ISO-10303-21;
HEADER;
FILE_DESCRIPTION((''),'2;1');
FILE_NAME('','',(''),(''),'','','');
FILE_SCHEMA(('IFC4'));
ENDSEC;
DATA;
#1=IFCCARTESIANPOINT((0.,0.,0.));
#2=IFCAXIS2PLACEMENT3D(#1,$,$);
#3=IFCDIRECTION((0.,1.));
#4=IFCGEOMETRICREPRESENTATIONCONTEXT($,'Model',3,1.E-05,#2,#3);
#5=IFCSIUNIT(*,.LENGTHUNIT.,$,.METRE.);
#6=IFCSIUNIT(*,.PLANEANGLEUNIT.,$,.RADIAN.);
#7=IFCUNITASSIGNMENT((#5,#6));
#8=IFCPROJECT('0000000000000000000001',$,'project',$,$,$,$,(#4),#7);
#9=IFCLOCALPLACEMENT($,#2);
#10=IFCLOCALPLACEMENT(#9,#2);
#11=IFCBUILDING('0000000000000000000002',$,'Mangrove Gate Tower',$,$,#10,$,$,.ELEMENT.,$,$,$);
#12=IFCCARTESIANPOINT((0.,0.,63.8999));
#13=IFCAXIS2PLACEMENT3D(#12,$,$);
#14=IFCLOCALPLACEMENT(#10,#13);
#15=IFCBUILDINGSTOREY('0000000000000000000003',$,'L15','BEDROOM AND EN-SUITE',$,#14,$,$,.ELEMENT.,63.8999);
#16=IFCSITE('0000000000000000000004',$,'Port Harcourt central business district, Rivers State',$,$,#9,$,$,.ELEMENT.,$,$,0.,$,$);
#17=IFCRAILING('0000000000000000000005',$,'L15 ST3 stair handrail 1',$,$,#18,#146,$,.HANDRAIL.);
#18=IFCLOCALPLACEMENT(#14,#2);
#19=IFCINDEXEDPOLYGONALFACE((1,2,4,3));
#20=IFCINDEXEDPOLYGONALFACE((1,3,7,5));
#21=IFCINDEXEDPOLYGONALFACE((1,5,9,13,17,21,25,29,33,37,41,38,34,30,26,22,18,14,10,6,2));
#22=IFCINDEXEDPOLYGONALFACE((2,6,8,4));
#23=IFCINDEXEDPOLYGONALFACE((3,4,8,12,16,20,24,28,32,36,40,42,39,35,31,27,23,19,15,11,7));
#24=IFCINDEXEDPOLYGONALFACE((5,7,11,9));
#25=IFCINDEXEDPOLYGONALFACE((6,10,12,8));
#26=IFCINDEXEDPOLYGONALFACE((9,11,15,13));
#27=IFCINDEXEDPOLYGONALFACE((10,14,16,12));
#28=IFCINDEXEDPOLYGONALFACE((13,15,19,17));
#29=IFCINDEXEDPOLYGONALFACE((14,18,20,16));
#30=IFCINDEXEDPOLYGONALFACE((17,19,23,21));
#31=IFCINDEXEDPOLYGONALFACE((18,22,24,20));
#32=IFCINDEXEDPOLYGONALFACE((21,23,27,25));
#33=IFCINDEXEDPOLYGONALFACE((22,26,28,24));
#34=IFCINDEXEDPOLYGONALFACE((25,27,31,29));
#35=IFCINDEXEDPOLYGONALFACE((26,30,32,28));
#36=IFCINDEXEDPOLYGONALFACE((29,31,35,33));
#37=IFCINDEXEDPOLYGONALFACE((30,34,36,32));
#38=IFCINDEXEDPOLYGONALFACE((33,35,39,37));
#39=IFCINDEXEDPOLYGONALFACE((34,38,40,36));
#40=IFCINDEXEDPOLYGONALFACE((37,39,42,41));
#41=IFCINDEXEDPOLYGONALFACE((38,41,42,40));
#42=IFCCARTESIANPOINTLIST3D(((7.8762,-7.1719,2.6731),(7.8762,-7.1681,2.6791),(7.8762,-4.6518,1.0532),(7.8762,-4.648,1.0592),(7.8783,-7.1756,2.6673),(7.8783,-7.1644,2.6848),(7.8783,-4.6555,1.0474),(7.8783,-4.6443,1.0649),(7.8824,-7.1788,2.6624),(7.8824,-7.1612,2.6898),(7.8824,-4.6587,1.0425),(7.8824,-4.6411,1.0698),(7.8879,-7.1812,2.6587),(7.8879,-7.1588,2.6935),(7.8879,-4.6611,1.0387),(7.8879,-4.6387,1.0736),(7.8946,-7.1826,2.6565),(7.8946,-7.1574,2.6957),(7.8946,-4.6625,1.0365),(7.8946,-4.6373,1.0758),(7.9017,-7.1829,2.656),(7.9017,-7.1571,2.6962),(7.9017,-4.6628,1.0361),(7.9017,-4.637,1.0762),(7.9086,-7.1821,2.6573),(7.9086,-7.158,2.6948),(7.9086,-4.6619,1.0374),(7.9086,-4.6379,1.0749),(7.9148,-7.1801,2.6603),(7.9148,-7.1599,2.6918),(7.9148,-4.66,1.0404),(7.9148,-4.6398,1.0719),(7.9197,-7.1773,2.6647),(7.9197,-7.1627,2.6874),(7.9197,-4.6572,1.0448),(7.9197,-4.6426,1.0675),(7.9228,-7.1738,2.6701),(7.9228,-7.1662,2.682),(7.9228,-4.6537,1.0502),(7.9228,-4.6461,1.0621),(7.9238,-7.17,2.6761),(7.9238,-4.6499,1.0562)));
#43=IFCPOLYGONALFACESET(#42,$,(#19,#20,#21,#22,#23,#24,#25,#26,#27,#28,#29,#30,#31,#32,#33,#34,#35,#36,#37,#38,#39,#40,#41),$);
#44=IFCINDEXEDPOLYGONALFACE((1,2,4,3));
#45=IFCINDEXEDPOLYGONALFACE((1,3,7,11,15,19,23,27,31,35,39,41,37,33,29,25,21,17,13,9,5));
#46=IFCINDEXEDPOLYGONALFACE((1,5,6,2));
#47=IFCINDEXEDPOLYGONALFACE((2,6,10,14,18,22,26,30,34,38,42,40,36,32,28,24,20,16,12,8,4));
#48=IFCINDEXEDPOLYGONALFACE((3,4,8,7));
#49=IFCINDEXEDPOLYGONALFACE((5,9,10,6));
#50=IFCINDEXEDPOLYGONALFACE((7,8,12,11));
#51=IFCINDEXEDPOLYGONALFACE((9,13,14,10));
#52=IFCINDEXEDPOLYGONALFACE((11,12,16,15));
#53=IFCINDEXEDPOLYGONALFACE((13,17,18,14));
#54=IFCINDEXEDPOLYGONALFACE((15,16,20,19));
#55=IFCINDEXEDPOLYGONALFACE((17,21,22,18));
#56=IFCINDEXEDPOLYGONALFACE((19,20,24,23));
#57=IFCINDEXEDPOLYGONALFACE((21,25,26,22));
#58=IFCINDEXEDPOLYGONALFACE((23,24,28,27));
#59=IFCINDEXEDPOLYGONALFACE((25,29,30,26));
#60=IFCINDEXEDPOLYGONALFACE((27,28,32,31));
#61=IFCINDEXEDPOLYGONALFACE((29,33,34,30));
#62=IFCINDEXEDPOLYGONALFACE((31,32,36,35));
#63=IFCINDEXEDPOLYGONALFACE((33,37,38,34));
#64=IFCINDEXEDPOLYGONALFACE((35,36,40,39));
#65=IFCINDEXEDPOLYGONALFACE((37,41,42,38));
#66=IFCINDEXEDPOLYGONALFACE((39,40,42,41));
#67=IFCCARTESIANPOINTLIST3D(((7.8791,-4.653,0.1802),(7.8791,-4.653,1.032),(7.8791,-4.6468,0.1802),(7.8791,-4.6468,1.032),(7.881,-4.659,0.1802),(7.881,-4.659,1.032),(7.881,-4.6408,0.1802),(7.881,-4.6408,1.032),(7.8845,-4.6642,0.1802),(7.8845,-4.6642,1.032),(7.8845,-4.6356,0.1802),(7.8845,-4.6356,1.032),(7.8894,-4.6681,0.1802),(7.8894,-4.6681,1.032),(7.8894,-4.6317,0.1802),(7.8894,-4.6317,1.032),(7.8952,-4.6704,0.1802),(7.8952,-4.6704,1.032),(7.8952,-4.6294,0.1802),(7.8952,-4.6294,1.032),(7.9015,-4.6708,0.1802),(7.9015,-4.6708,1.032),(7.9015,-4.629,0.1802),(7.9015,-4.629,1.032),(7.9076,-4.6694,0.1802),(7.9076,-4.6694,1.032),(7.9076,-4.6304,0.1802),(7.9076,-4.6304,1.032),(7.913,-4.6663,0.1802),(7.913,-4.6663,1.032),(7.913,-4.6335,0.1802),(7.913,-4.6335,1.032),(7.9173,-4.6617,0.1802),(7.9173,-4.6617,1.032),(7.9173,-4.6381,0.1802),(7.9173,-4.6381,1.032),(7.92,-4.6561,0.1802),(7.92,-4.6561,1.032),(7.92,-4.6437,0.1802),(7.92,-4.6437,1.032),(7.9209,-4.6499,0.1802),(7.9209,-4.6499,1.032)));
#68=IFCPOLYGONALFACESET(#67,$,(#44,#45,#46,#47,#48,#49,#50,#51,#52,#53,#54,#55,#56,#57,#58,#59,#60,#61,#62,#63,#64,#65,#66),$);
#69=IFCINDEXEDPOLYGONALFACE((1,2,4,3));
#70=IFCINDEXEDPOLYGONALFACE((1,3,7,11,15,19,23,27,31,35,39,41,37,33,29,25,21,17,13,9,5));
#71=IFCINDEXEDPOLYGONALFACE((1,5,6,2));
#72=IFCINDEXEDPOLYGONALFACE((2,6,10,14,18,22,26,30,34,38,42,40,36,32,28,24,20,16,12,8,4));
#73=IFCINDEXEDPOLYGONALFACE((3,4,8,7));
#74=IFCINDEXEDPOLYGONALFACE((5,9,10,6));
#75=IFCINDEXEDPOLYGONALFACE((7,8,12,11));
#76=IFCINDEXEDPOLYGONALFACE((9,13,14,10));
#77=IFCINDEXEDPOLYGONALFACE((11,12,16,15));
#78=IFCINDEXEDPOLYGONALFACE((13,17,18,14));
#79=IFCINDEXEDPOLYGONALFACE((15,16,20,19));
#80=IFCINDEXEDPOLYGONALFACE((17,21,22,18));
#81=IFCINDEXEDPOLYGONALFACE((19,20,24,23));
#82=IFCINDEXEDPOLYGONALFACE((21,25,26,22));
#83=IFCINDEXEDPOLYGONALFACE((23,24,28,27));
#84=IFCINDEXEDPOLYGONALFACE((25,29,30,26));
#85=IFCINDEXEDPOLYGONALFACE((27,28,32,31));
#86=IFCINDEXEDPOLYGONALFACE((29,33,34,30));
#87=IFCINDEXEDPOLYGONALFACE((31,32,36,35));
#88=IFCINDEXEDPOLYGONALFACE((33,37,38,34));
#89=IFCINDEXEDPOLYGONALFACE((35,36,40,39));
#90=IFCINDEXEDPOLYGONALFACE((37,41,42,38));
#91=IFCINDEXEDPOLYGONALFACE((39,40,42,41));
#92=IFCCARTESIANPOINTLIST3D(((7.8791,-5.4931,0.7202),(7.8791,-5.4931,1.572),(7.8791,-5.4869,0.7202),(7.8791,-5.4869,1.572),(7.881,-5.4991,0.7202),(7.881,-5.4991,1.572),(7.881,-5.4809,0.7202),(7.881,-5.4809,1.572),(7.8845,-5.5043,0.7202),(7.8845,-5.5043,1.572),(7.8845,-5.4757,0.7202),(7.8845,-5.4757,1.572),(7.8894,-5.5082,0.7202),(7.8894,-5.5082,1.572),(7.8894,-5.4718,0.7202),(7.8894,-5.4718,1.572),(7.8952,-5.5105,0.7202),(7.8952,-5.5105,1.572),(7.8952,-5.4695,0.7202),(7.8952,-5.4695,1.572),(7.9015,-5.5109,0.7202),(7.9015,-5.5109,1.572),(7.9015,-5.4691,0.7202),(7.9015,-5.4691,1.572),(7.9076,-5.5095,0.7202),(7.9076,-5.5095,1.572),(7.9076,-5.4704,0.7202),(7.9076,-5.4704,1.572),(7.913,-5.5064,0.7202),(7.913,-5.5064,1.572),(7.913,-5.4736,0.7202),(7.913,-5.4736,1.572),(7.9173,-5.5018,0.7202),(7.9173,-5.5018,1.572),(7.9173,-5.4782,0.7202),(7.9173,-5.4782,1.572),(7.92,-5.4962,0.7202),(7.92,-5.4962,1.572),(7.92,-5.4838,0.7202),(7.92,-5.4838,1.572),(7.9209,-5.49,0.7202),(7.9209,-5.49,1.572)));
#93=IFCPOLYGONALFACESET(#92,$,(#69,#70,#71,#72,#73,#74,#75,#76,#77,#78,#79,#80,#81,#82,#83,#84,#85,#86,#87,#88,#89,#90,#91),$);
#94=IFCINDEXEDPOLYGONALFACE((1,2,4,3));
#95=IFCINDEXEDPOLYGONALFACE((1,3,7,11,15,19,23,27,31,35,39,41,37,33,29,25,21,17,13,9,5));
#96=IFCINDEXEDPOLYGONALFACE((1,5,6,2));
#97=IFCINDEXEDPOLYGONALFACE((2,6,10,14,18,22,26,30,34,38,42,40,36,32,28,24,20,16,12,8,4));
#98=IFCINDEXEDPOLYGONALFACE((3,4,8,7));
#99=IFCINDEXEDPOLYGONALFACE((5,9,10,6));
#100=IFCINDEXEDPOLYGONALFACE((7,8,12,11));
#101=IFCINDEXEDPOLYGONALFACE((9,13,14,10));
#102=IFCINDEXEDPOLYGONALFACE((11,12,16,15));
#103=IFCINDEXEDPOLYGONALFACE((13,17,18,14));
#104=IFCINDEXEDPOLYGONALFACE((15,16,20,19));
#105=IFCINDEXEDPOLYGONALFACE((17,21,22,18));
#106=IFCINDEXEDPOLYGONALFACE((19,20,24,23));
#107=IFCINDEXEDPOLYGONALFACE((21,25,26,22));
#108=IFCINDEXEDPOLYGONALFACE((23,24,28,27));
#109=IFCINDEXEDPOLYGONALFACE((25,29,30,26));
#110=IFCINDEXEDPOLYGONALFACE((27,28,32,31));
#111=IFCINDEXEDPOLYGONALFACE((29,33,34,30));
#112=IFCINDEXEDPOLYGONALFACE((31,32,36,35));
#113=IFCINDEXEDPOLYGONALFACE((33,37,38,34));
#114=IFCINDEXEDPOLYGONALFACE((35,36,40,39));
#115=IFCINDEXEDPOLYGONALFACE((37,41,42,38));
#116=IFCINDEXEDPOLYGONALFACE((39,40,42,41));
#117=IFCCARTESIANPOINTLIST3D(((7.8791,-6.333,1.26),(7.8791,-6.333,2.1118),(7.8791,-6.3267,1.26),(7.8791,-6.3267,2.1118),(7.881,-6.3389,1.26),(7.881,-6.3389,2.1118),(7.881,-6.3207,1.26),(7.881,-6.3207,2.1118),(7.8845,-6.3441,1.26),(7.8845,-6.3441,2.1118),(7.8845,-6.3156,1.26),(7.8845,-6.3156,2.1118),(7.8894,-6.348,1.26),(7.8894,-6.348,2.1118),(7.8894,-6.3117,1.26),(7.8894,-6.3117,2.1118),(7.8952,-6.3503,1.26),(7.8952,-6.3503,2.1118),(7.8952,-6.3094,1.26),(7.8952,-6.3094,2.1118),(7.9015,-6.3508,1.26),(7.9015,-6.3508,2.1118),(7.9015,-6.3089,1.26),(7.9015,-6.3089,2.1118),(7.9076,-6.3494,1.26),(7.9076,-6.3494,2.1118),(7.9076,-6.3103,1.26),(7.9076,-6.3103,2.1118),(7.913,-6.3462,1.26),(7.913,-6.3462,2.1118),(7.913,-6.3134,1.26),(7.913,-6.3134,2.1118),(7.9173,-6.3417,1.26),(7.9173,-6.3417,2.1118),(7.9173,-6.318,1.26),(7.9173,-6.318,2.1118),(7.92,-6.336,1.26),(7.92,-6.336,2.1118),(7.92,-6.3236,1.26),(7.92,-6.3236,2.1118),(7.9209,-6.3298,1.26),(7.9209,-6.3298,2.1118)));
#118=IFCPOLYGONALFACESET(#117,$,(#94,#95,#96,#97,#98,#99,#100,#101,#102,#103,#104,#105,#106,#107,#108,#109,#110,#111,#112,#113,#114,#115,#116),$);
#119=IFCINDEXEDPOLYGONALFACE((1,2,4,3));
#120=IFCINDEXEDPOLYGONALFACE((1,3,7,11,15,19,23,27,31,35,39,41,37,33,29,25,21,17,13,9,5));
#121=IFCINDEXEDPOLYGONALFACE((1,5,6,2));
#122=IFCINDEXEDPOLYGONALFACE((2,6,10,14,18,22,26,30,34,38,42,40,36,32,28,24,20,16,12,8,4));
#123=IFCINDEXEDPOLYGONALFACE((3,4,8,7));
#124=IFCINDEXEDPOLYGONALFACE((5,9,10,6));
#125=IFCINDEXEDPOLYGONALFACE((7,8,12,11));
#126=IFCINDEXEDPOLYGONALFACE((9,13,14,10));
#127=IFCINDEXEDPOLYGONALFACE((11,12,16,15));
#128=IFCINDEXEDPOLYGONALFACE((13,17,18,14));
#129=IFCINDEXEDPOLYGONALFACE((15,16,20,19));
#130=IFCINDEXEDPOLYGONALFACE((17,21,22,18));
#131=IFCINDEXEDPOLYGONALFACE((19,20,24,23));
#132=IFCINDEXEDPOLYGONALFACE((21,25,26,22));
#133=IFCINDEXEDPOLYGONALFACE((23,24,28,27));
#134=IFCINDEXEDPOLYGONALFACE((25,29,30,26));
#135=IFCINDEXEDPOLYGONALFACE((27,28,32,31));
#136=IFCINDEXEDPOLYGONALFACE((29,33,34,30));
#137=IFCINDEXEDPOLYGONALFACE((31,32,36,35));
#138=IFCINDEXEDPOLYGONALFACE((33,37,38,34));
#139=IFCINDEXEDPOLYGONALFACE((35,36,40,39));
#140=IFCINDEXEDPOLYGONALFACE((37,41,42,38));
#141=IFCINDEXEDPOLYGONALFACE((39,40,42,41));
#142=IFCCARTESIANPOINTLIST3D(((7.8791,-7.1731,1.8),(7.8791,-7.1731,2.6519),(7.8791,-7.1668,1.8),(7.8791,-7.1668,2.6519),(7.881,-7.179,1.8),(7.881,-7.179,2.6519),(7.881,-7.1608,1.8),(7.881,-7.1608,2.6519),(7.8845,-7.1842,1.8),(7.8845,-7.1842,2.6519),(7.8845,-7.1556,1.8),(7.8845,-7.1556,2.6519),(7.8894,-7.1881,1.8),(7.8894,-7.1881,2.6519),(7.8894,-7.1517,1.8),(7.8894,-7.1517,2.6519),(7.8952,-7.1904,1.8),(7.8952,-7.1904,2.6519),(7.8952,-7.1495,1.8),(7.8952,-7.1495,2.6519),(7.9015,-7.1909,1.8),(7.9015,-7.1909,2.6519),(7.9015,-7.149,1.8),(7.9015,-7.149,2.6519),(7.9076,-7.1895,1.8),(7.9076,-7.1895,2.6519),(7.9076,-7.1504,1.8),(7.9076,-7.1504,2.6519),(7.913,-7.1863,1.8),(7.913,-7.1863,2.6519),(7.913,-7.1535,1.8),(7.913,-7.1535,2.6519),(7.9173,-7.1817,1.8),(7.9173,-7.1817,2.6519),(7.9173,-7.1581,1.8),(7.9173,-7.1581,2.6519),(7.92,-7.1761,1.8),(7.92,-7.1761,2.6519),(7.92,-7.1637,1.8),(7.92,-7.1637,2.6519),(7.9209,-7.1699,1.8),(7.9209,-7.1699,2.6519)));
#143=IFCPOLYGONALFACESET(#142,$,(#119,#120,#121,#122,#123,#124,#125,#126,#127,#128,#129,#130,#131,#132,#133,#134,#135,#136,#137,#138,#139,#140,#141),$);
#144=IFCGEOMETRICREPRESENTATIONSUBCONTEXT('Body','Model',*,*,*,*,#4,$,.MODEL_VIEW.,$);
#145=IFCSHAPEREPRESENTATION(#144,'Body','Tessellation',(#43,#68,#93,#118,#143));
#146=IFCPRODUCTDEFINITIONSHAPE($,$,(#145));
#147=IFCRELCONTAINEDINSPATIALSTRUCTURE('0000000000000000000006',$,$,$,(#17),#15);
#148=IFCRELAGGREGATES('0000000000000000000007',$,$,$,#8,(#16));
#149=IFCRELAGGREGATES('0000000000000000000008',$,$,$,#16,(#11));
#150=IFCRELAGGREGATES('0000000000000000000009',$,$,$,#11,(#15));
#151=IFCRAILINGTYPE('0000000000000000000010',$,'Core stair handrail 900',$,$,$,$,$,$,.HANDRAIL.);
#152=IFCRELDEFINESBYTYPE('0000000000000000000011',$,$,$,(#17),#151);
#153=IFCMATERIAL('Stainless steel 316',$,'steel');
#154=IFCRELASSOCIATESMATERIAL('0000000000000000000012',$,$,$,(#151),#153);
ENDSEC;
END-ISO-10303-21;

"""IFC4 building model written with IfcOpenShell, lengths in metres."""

from ifc_helpers import new_model, si_unit, direction, frame, origin, origin_2d, place, context, subcontext, project, spatial, circle, extrude, material, type_object, element, save


model = new_model("IFC4")

# Units and contexts
model_context = context("Model", 3, precision=1e-05, world=origin(), true_north=direction((0.0, 1.0)))
body_context = subcontext(model_context, "Body", "Model", "MODEL_VIEW")
ifc_project = project(units=[si_unit("LENGTHUNIT", "METRE"), si_unit("PLANEANGLEUNIT", "RADIAN")], contexts=[model_context])

# Site, building, storey
site_placement = place(None, origin())
site = spatial("IfcSite", under=ifc_project, at=site_placement, Name="Port Harcourt central business district, Rivers State", CompositionType="ELEMENT", RefElevation=0.0)
building_placement = place(site_placement, origin())
building = spatial("IfcBuilding", under=site, at=building_placement, Name="Mangrove Gate Tower", CompositionType="ELEMENT")
storey_placement = place(building_placement, frame((0.0, 0.0, 63.8999)))
storey = spatial("IfcBuildingStorey", under=building, at=storey_placement, Name="L15", Description="BEDROOM AND EN-SUITE", CompositionType="ELEMENT", Elevation=63.8999)

# Railing
ifc_material_1 = material(Name="Stainless steel 316", Category="steel")
railing_type_1 = type_object("IfcRailingType", Name="Core stair handrail 900", PredefinedType="HANDRAIL", material=ifc_material_1)
railing_1_placement = place(storey_placement, frame((7.8999, -4.6499, 0.1802)))
element("IfcRailing", 1, at=railing_1_placement, inside=storey, type_object=railing_type_1, Name="L15 ST3 stair handrail 1", PredefinedType="HANDRAIL", context=body_context, shape_type="SweptSolid", body=[
    extrude(circle(Radius=0.0239, at=origin_2d()), frame((0.0, 0.0, 0.876), z_axis=(0.0, -0.8412, 0.540725), x_axis=(1.0, 0.0, 0.0)), (0.0, 0.0, 1.0), 2.9958),
    extrude(circle(Radius=0.021, at=origin_2d()), origin(), (0.0, 0.0, 1.0), 0.8518),
    extrude(circle(Radius=0.021, at=origin_2d()), frame((0.0, -0.8401, 0.54)), (0.0, 0.0, 1.0), 0.8518),
    extrude(circle(Radius=0.021, at=origin_2d()), frame((0.0, -1.6799, 1.0798)), (0.0, 0.0, 1.0), 0.8518),
    extrude(circle(Radius=0.021, at=origin_2d()), frame((0.0, -2.52, 1.6199)), (0.0, 0.0, 1.0), 0.8518),
])

save(model, "model.ifc")
